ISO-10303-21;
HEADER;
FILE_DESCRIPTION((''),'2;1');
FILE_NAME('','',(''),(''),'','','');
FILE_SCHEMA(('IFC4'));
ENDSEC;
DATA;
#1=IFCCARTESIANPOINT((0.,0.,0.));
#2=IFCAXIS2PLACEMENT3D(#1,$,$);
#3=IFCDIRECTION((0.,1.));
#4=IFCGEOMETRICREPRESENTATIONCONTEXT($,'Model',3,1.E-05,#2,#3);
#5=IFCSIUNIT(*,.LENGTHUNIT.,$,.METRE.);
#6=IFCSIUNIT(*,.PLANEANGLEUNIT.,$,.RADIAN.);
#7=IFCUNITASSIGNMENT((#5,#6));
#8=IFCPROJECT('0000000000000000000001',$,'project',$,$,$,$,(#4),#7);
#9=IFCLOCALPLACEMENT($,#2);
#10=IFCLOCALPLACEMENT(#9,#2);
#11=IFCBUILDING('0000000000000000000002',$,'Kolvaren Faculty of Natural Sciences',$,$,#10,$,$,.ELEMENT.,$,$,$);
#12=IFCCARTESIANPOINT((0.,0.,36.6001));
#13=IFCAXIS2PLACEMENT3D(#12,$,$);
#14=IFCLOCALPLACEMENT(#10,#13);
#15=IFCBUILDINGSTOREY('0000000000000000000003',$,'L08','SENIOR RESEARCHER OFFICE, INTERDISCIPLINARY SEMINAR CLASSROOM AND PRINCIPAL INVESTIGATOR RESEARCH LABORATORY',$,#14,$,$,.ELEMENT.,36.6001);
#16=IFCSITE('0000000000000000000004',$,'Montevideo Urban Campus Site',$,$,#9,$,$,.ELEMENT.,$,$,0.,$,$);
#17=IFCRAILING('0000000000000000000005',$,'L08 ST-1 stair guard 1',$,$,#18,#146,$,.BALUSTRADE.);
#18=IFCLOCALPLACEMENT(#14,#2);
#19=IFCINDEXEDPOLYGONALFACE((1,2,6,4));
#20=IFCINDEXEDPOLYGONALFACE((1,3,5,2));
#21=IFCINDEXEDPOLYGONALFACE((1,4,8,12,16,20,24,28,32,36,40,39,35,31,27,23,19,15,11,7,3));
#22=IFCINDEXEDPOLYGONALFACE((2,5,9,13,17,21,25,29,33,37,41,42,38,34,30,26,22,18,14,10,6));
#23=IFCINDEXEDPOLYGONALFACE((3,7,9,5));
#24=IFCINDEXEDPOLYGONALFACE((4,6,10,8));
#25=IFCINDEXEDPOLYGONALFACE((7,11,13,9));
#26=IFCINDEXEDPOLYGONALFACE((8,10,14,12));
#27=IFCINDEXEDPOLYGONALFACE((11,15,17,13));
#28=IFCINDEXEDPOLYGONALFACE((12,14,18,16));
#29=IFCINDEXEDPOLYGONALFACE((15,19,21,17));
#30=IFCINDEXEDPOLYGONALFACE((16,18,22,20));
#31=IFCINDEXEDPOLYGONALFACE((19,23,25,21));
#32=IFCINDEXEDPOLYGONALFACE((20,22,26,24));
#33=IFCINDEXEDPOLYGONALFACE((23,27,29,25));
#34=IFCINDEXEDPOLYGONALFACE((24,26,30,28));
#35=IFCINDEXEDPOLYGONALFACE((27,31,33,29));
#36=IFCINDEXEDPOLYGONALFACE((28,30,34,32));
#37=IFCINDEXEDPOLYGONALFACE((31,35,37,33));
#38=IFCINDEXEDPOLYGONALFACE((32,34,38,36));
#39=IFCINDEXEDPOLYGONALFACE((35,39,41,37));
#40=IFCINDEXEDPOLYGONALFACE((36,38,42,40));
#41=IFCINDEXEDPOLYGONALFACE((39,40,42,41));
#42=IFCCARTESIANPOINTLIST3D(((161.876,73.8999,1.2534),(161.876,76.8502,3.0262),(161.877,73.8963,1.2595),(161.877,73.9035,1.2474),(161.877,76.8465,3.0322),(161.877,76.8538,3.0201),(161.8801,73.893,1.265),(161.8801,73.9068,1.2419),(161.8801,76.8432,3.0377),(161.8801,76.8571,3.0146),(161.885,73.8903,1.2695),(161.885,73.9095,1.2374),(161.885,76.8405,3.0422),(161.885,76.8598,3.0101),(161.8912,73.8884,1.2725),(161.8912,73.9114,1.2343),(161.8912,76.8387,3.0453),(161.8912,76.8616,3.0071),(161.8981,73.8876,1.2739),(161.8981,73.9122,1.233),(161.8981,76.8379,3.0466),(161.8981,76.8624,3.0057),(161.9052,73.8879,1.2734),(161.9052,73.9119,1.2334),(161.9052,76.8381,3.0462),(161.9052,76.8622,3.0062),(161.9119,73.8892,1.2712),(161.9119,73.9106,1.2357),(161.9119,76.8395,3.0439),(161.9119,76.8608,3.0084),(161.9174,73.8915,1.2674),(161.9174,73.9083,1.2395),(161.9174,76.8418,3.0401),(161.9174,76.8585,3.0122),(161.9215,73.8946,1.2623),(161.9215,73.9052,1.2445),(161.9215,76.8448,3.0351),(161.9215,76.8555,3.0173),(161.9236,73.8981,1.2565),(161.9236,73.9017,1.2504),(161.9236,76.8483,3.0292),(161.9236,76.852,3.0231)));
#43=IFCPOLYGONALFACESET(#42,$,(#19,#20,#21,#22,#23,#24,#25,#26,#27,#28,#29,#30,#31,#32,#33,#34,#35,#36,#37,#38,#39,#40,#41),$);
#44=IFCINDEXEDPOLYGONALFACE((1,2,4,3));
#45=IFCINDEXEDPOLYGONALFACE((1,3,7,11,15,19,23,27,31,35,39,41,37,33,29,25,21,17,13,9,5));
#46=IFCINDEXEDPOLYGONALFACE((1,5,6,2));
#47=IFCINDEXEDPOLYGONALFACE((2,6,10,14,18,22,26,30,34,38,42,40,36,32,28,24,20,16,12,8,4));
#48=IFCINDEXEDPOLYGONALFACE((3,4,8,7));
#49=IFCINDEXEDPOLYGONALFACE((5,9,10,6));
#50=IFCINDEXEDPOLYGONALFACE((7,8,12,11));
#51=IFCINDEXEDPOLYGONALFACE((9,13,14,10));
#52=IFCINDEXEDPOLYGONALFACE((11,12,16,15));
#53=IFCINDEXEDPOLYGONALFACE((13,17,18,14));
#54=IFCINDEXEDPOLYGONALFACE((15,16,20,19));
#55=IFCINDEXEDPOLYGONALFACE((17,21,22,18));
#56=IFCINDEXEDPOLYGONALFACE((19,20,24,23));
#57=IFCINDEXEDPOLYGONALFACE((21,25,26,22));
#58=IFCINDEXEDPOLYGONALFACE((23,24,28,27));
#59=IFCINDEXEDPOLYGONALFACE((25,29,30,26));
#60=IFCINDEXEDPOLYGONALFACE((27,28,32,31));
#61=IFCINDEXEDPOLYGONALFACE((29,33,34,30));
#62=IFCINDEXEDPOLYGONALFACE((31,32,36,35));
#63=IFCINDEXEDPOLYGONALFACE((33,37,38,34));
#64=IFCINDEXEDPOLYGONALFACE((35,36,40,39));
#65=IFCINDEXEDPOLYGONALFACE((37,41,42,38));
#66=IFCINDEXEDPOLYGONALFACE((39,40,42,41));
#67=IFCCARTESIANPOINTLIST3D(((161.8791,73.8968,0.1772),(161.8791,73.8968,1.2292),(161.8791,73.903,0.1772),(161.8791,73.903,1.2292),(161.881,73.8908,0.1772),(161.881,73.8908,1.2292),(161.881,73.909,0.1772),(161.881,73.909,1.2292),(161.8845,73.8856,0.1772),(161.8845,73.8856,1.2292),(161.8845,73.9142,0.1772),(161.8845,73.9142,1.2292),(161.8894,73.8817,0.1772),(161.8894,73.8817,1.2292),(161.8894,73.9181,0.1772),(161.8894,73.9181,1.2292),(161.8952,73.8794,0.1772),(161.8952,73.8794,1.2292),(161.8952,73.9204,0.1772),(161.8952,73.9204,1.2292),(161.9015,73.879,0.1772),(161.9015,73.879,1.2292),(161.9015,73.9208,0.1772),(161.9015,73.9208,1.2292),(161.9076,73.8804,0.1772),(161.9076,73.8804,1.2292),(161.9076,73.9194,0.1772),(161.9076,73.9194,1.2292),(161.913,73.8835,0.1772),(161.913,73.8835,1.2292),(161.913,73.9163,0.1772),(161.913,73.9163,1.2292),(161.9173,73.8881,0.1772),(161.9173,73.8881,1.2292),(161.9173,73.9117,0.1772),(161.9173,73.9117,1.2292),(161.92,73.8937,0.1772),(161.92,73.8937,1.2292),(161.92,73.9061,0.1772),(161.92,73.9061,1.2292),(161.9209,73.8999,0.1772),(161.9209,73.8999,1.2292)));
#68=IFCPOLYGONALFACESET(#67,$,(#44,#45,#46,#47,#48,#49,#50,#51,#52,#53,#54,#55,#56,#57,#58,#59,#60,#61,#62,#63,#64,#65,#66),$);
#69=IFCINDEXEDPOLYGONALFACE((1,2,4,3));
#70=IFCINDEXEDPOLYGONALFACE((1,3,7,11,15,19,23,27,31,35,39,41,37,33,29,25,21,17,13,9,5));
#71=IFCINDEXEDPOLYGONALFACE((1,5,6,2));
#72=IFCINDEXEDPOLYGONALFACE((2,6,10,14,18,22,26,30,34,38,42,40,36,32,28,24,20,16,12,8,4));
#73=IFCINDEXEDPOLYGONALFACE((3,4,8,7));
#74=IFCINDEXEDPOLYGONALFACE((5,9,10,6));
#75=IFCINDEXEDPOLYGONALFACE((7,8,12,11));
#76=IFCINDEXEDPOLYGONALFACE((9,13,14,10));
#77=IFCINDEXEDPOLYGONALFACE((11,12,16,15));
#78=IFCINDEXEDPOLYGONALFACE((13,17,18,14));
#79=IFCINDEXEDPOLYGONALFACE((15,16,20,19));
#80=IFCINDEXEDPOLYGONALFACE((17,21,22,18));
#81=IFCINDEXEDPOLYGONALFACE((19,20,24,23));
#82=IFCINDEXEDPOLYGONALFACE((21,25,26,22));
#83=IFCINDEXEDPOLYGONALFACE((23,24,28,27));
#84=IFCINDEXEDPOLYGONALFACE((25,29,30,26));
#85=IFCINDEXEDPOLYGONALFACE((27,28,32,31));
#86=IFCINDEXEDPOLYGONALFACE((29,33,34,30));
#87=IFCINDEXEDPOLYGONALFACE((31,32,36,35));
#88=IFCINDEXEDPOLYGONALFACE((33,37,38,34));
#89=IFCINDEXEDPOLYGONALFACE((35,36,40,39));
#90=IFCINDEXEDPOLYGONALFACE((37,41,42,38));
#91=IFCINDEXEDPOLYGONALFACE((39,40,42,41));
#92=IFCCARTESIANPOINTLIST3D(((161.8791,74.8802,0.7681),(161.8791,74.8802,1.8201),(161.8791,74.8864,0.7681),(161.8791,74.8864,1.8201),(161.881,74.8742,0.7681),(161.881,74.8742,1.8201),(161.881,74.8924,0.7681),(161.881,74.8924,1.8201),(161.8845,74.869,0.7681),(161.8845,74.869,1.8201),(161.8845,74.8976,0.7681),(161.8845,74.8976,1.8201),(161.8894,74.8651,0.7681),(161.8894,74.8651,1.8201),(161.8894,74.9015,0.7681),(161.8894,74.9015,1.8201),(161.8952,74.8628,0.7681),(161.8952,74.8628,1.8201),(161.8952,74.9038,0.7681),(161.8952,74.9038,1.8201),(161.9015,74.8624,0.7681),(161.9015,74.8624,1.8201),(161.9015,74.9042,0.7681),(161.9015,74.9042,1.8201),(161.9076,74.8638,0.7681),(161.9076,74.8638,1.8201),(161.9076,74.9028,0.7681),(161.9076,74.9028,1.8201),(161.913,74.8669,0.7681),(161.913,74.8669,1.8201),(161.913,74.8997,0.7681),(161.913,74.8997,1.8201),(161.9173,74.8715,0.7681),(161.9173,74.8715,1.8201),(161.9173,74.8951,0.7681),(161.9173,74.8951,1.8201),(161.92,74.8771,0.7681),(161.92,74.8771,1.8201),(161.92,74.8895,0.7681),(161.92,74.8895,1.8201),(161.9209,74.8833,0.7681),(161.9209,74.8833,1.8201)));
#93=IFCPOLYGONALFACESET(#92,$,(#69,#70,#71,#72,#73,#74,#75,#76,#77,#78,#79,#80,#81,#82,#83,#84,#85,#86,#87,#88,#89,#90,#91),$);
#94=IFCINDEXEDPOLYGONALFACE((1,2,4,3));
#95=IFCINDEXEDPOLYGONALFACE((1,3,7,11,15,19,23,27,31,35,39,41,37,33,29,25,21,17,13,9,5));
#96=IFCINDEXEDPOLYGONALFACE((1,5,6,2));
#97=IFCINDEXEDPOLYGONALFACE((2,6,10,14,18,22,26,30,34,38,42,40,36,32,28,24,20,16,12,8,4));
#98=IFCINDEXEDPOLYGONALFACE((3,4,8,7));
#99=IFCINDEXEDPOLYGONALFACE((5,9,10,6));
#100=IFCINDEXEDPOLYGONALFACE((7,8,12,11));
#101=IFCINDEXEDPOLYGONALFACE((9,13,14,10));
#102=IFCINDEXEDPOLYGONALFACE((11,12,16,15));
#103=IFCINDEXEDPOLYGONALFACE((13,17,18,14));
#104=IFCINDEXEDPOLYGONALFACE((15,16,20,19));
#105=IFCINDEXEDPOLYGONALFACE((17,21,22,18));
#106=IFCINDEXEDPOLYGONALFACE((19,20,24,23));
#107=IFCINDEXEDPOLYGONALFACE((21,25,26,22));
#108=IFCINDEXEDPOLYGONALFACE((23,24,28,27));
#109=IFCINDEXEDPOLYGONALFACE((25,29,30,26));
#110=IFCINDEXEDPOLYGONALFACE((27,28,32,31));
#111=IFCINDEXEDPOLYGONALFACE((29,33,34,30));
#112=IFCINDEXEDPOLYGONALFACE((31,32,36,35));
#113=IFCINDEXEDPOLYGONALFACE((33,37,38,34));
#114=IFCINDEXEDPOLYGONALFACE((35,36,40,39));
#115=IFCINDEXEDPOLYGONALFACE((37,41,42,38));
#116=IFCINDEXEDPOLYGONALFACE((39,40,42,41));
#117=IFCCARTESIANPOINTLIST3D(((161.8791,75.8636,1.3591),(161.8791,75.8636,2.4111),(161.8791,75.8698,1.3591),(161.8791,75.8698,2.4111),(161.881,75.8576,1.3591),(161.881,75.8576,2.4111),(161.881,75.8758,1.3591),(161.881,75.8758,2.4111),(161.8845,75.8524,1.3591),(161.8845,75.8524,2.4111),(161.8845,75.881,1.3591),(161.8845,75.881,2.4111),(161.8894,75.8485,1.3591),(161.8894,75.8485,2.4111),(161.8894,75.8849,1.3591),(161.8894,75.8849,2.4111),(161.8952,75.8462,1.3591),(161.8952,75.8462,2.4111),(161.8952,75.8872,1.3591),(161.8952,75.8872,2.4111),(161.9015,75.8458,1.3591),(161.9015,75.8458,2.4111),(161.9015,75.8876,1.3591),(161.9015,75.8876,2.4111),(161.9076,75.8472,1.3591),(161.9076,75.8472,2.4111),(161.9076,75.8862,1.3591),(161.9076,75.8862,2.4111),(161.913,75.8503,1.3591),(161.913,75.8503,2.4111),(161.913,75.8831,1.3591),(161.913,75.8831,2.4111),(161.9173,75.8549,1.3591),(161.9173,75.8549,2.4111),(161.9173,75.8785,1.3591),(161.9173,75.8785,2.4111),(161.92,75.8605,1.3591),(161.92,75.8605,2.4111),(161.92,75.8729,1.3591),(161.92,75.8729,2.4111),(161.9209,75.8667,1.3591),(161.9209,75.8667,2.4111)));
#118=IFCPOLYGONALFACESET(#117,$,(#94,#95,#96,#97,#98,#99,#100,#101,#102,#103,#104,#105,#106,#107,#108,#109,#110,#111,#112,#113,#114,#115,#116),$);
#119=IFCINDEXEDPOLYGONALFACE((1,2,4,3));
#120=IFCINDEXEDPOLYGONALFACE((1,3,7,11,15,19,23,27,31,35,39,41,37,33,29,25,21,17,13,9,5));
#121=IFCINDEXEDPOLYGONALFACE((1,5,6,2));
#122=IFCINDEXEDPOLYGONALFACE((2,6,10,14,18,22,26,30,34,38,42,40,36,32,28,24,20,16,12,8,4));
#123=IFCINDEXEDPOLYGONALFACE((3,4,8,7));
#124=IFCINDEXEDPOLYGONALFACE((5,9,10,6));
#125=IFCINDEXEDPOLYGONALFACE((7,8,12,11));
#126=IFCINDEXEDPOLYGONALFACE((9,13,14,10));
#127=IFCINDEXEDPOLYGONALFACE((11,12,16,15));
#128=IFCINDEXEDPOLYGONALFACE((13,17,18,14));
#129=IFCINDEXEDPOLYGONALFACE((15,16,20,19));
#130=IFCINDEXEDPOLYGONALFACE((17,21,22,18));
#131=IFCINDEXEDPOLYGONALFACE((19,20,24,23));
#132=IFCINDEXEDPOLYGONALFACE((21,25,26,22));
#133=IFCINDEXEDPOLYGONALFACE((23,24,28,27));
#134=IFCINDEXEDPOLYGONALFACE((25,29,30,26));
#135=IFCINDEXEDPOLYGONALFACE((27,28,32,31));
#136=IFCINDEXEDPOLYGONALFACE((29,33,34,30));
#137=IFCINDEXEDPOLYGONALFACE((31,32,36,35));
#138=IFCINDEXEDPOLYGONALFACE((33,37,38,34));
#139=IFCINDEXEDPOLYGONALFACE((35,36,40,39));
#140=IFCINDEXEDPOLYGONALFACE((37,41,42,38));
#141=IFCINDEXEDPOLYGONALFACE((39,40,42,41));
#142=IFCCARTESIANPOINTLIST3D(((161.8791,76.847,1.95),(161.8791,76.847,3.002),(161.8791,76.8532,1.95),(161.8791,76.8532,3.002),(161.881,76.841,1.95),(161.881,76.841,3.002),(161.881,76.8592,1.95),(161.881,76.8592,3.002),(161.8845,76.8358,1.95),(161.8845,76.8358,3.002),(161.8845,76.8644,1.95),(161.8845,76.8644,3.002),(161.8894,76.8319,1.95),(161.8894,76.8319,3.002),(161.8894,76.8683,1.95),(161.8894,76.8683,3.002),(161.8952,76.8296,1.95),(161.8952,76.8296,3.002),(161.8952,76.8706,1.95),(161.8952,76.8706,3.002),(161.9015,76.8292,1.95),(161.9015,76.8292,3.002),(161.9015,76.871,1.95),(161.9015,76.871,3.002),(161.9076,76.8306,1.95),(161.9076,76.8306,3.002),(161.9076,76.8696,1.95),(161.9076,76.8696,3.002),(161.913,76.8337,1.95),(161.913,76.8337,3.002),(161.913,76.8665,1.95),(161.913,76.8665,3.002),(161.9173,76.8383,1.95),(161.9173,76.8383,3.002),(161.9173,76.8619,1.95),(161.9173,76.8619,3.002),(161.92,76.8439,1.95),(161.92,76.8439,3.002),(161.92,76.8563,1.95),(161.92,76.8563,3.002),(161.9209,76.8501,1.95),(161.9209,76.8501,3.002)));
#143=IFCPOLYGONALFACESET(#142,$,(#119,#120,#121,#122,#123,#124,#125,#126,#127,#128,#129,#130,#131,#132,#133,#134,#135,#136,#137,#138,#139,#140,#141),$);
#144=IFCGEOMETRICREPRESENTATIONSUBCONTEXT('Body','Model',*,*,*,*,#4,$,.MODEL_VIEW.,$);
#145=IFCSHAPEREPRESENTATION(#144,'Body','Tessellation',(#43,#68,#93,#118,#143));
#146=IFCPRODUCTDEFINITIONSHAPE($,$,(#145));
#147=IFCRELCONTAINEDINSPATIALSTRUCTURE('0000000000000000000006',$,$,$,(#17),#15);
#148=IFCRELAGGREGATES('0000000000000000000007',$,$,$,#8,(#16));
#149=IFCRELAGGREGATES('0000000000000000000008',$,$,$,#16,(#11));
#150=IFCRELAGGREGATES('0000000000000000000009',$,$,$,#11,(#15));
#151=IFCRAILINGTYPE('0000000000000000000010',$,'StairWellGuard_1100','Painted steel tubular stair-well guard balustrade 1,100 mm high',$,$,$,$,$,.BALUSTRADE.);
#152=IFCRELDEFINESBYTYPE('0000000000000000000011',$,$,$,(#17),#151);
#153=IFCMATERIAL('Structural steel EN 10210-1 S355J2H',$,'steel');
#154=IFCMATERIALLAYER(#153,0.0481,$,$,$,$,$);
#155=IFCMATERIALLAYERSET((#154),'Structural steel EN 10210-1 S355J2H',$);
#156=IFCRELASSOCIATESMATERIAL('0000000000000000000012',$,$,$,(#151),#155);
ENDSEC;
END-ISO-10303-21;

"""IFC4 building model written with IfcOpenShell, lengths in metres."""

from ifc_helpers import new_model, si_unit, direction, frame, origin, origin_2d, place, context, subcontext, project, spatial, circle, extrude, material, layer, layer_set, type_object, element, save


model = new_model("IFC4")

# Units and contexts
model_context = context("Model", 3, precision=1e-05, world=origin(), true_north=direction((0.0, 1.0)))
body_context = subcontext(model_context, "Body", "Model", "MODEL_VIEW")
ifc_project = project(units=[si_unit("LENGTHUNIT", "METRE"), si_unit("PLANEANGLEUNIT", "RADIAN")], contexts=[model_context])

# Site, building, storey
site_placement = place(None, origin())
site = spatial("IfcSite", under=ifc_project, at=site_placement, Name="Montevideo Urban Campus Site", CompositionType="ELEMENT", RefElevation=0.0)
building_placement = place(site_placement, origin())
building = spatial("IfcBuilding", under=site, at=building_placement, Name="Kolvaren Faculty of Natural Sciences", CompositionType="ELEMENT")
storey_placement = place(building_placement, frame((0.0, 0.0, 36.6001)))
storey = spatial("IfcBuildingStorey", under=building, at=storey_placement, Name="L08", Description="SENIOR RESEARCHER OFFICE, INTERDISCIPLINARY SEMINAR CLASSROOM AND PRINCIPAL INVESTIGATOR RESEARCH LABORATORY", CompositionType="ELEMENT", Elevation=36.6001)

# Railing
ifc_material_1 = material(Name="Structural steel EN 10210-1 S355J2H", Category="steel")
ifc_layer_1 = layer(ifc_material_1, 0.0481)
ifc_layer_set_1 = layer_set([ifc_layer_1], Name="Structural steel EN 10210-1 S355J2H")
railing_type_1 = type_object("IfcRailingType", Name="StairWellGuard_1100", Description="Painted steel tubular stair-well guard balustrade 1,100 mm high", PredefinedType="BALUSTRADE", material=ifc_layer_set_1)
railing_1_placement = place(storey_placement, frame((161.8999, 73.8999, 0.1772)))
element("IfcRailing", 1, at=railing_1_placement, inside=storey, type_object=railing_type_1, Name="L08 ST-1 stair guard 1", PredefinedType="BALUSTRADE", context=body_context, shape_type="SweptSolid", body=[
    extrude(circle(Radius=0.0239, at=origin_2d()), frame((0.0, 0.0, 1.0762), z_axis=(0.0, 0.857161, 0.515049), x_axis=(-1.0, 0.0, 0.0)), (0.0, 0.0, 1.0), 3.4419),
    extrude(circle(Radius=0.021, at=origin_2d()), origin(), (0.0, 0.0, 1.0), 1.052),
    extrude(circle(Radius=0.021, at=origin_2d()), frame((0.0, 0.9834, 0.5908)), (0.0, 0.0, 1.0), 1.052),
    extrude(circle(Radius=0.021, at=origin_2d()), frame((0.0, 1.9668, 1.1819)), (0.0, 0.0, 1.0), 1.052),
    extrude(circle(Radius=0.021, at=origin_2d()), frame((0.0, 2.9502, 1.7727)), (0.0, 0.0, 1.0), 1.052),
])

save(model, "model.ifc")
